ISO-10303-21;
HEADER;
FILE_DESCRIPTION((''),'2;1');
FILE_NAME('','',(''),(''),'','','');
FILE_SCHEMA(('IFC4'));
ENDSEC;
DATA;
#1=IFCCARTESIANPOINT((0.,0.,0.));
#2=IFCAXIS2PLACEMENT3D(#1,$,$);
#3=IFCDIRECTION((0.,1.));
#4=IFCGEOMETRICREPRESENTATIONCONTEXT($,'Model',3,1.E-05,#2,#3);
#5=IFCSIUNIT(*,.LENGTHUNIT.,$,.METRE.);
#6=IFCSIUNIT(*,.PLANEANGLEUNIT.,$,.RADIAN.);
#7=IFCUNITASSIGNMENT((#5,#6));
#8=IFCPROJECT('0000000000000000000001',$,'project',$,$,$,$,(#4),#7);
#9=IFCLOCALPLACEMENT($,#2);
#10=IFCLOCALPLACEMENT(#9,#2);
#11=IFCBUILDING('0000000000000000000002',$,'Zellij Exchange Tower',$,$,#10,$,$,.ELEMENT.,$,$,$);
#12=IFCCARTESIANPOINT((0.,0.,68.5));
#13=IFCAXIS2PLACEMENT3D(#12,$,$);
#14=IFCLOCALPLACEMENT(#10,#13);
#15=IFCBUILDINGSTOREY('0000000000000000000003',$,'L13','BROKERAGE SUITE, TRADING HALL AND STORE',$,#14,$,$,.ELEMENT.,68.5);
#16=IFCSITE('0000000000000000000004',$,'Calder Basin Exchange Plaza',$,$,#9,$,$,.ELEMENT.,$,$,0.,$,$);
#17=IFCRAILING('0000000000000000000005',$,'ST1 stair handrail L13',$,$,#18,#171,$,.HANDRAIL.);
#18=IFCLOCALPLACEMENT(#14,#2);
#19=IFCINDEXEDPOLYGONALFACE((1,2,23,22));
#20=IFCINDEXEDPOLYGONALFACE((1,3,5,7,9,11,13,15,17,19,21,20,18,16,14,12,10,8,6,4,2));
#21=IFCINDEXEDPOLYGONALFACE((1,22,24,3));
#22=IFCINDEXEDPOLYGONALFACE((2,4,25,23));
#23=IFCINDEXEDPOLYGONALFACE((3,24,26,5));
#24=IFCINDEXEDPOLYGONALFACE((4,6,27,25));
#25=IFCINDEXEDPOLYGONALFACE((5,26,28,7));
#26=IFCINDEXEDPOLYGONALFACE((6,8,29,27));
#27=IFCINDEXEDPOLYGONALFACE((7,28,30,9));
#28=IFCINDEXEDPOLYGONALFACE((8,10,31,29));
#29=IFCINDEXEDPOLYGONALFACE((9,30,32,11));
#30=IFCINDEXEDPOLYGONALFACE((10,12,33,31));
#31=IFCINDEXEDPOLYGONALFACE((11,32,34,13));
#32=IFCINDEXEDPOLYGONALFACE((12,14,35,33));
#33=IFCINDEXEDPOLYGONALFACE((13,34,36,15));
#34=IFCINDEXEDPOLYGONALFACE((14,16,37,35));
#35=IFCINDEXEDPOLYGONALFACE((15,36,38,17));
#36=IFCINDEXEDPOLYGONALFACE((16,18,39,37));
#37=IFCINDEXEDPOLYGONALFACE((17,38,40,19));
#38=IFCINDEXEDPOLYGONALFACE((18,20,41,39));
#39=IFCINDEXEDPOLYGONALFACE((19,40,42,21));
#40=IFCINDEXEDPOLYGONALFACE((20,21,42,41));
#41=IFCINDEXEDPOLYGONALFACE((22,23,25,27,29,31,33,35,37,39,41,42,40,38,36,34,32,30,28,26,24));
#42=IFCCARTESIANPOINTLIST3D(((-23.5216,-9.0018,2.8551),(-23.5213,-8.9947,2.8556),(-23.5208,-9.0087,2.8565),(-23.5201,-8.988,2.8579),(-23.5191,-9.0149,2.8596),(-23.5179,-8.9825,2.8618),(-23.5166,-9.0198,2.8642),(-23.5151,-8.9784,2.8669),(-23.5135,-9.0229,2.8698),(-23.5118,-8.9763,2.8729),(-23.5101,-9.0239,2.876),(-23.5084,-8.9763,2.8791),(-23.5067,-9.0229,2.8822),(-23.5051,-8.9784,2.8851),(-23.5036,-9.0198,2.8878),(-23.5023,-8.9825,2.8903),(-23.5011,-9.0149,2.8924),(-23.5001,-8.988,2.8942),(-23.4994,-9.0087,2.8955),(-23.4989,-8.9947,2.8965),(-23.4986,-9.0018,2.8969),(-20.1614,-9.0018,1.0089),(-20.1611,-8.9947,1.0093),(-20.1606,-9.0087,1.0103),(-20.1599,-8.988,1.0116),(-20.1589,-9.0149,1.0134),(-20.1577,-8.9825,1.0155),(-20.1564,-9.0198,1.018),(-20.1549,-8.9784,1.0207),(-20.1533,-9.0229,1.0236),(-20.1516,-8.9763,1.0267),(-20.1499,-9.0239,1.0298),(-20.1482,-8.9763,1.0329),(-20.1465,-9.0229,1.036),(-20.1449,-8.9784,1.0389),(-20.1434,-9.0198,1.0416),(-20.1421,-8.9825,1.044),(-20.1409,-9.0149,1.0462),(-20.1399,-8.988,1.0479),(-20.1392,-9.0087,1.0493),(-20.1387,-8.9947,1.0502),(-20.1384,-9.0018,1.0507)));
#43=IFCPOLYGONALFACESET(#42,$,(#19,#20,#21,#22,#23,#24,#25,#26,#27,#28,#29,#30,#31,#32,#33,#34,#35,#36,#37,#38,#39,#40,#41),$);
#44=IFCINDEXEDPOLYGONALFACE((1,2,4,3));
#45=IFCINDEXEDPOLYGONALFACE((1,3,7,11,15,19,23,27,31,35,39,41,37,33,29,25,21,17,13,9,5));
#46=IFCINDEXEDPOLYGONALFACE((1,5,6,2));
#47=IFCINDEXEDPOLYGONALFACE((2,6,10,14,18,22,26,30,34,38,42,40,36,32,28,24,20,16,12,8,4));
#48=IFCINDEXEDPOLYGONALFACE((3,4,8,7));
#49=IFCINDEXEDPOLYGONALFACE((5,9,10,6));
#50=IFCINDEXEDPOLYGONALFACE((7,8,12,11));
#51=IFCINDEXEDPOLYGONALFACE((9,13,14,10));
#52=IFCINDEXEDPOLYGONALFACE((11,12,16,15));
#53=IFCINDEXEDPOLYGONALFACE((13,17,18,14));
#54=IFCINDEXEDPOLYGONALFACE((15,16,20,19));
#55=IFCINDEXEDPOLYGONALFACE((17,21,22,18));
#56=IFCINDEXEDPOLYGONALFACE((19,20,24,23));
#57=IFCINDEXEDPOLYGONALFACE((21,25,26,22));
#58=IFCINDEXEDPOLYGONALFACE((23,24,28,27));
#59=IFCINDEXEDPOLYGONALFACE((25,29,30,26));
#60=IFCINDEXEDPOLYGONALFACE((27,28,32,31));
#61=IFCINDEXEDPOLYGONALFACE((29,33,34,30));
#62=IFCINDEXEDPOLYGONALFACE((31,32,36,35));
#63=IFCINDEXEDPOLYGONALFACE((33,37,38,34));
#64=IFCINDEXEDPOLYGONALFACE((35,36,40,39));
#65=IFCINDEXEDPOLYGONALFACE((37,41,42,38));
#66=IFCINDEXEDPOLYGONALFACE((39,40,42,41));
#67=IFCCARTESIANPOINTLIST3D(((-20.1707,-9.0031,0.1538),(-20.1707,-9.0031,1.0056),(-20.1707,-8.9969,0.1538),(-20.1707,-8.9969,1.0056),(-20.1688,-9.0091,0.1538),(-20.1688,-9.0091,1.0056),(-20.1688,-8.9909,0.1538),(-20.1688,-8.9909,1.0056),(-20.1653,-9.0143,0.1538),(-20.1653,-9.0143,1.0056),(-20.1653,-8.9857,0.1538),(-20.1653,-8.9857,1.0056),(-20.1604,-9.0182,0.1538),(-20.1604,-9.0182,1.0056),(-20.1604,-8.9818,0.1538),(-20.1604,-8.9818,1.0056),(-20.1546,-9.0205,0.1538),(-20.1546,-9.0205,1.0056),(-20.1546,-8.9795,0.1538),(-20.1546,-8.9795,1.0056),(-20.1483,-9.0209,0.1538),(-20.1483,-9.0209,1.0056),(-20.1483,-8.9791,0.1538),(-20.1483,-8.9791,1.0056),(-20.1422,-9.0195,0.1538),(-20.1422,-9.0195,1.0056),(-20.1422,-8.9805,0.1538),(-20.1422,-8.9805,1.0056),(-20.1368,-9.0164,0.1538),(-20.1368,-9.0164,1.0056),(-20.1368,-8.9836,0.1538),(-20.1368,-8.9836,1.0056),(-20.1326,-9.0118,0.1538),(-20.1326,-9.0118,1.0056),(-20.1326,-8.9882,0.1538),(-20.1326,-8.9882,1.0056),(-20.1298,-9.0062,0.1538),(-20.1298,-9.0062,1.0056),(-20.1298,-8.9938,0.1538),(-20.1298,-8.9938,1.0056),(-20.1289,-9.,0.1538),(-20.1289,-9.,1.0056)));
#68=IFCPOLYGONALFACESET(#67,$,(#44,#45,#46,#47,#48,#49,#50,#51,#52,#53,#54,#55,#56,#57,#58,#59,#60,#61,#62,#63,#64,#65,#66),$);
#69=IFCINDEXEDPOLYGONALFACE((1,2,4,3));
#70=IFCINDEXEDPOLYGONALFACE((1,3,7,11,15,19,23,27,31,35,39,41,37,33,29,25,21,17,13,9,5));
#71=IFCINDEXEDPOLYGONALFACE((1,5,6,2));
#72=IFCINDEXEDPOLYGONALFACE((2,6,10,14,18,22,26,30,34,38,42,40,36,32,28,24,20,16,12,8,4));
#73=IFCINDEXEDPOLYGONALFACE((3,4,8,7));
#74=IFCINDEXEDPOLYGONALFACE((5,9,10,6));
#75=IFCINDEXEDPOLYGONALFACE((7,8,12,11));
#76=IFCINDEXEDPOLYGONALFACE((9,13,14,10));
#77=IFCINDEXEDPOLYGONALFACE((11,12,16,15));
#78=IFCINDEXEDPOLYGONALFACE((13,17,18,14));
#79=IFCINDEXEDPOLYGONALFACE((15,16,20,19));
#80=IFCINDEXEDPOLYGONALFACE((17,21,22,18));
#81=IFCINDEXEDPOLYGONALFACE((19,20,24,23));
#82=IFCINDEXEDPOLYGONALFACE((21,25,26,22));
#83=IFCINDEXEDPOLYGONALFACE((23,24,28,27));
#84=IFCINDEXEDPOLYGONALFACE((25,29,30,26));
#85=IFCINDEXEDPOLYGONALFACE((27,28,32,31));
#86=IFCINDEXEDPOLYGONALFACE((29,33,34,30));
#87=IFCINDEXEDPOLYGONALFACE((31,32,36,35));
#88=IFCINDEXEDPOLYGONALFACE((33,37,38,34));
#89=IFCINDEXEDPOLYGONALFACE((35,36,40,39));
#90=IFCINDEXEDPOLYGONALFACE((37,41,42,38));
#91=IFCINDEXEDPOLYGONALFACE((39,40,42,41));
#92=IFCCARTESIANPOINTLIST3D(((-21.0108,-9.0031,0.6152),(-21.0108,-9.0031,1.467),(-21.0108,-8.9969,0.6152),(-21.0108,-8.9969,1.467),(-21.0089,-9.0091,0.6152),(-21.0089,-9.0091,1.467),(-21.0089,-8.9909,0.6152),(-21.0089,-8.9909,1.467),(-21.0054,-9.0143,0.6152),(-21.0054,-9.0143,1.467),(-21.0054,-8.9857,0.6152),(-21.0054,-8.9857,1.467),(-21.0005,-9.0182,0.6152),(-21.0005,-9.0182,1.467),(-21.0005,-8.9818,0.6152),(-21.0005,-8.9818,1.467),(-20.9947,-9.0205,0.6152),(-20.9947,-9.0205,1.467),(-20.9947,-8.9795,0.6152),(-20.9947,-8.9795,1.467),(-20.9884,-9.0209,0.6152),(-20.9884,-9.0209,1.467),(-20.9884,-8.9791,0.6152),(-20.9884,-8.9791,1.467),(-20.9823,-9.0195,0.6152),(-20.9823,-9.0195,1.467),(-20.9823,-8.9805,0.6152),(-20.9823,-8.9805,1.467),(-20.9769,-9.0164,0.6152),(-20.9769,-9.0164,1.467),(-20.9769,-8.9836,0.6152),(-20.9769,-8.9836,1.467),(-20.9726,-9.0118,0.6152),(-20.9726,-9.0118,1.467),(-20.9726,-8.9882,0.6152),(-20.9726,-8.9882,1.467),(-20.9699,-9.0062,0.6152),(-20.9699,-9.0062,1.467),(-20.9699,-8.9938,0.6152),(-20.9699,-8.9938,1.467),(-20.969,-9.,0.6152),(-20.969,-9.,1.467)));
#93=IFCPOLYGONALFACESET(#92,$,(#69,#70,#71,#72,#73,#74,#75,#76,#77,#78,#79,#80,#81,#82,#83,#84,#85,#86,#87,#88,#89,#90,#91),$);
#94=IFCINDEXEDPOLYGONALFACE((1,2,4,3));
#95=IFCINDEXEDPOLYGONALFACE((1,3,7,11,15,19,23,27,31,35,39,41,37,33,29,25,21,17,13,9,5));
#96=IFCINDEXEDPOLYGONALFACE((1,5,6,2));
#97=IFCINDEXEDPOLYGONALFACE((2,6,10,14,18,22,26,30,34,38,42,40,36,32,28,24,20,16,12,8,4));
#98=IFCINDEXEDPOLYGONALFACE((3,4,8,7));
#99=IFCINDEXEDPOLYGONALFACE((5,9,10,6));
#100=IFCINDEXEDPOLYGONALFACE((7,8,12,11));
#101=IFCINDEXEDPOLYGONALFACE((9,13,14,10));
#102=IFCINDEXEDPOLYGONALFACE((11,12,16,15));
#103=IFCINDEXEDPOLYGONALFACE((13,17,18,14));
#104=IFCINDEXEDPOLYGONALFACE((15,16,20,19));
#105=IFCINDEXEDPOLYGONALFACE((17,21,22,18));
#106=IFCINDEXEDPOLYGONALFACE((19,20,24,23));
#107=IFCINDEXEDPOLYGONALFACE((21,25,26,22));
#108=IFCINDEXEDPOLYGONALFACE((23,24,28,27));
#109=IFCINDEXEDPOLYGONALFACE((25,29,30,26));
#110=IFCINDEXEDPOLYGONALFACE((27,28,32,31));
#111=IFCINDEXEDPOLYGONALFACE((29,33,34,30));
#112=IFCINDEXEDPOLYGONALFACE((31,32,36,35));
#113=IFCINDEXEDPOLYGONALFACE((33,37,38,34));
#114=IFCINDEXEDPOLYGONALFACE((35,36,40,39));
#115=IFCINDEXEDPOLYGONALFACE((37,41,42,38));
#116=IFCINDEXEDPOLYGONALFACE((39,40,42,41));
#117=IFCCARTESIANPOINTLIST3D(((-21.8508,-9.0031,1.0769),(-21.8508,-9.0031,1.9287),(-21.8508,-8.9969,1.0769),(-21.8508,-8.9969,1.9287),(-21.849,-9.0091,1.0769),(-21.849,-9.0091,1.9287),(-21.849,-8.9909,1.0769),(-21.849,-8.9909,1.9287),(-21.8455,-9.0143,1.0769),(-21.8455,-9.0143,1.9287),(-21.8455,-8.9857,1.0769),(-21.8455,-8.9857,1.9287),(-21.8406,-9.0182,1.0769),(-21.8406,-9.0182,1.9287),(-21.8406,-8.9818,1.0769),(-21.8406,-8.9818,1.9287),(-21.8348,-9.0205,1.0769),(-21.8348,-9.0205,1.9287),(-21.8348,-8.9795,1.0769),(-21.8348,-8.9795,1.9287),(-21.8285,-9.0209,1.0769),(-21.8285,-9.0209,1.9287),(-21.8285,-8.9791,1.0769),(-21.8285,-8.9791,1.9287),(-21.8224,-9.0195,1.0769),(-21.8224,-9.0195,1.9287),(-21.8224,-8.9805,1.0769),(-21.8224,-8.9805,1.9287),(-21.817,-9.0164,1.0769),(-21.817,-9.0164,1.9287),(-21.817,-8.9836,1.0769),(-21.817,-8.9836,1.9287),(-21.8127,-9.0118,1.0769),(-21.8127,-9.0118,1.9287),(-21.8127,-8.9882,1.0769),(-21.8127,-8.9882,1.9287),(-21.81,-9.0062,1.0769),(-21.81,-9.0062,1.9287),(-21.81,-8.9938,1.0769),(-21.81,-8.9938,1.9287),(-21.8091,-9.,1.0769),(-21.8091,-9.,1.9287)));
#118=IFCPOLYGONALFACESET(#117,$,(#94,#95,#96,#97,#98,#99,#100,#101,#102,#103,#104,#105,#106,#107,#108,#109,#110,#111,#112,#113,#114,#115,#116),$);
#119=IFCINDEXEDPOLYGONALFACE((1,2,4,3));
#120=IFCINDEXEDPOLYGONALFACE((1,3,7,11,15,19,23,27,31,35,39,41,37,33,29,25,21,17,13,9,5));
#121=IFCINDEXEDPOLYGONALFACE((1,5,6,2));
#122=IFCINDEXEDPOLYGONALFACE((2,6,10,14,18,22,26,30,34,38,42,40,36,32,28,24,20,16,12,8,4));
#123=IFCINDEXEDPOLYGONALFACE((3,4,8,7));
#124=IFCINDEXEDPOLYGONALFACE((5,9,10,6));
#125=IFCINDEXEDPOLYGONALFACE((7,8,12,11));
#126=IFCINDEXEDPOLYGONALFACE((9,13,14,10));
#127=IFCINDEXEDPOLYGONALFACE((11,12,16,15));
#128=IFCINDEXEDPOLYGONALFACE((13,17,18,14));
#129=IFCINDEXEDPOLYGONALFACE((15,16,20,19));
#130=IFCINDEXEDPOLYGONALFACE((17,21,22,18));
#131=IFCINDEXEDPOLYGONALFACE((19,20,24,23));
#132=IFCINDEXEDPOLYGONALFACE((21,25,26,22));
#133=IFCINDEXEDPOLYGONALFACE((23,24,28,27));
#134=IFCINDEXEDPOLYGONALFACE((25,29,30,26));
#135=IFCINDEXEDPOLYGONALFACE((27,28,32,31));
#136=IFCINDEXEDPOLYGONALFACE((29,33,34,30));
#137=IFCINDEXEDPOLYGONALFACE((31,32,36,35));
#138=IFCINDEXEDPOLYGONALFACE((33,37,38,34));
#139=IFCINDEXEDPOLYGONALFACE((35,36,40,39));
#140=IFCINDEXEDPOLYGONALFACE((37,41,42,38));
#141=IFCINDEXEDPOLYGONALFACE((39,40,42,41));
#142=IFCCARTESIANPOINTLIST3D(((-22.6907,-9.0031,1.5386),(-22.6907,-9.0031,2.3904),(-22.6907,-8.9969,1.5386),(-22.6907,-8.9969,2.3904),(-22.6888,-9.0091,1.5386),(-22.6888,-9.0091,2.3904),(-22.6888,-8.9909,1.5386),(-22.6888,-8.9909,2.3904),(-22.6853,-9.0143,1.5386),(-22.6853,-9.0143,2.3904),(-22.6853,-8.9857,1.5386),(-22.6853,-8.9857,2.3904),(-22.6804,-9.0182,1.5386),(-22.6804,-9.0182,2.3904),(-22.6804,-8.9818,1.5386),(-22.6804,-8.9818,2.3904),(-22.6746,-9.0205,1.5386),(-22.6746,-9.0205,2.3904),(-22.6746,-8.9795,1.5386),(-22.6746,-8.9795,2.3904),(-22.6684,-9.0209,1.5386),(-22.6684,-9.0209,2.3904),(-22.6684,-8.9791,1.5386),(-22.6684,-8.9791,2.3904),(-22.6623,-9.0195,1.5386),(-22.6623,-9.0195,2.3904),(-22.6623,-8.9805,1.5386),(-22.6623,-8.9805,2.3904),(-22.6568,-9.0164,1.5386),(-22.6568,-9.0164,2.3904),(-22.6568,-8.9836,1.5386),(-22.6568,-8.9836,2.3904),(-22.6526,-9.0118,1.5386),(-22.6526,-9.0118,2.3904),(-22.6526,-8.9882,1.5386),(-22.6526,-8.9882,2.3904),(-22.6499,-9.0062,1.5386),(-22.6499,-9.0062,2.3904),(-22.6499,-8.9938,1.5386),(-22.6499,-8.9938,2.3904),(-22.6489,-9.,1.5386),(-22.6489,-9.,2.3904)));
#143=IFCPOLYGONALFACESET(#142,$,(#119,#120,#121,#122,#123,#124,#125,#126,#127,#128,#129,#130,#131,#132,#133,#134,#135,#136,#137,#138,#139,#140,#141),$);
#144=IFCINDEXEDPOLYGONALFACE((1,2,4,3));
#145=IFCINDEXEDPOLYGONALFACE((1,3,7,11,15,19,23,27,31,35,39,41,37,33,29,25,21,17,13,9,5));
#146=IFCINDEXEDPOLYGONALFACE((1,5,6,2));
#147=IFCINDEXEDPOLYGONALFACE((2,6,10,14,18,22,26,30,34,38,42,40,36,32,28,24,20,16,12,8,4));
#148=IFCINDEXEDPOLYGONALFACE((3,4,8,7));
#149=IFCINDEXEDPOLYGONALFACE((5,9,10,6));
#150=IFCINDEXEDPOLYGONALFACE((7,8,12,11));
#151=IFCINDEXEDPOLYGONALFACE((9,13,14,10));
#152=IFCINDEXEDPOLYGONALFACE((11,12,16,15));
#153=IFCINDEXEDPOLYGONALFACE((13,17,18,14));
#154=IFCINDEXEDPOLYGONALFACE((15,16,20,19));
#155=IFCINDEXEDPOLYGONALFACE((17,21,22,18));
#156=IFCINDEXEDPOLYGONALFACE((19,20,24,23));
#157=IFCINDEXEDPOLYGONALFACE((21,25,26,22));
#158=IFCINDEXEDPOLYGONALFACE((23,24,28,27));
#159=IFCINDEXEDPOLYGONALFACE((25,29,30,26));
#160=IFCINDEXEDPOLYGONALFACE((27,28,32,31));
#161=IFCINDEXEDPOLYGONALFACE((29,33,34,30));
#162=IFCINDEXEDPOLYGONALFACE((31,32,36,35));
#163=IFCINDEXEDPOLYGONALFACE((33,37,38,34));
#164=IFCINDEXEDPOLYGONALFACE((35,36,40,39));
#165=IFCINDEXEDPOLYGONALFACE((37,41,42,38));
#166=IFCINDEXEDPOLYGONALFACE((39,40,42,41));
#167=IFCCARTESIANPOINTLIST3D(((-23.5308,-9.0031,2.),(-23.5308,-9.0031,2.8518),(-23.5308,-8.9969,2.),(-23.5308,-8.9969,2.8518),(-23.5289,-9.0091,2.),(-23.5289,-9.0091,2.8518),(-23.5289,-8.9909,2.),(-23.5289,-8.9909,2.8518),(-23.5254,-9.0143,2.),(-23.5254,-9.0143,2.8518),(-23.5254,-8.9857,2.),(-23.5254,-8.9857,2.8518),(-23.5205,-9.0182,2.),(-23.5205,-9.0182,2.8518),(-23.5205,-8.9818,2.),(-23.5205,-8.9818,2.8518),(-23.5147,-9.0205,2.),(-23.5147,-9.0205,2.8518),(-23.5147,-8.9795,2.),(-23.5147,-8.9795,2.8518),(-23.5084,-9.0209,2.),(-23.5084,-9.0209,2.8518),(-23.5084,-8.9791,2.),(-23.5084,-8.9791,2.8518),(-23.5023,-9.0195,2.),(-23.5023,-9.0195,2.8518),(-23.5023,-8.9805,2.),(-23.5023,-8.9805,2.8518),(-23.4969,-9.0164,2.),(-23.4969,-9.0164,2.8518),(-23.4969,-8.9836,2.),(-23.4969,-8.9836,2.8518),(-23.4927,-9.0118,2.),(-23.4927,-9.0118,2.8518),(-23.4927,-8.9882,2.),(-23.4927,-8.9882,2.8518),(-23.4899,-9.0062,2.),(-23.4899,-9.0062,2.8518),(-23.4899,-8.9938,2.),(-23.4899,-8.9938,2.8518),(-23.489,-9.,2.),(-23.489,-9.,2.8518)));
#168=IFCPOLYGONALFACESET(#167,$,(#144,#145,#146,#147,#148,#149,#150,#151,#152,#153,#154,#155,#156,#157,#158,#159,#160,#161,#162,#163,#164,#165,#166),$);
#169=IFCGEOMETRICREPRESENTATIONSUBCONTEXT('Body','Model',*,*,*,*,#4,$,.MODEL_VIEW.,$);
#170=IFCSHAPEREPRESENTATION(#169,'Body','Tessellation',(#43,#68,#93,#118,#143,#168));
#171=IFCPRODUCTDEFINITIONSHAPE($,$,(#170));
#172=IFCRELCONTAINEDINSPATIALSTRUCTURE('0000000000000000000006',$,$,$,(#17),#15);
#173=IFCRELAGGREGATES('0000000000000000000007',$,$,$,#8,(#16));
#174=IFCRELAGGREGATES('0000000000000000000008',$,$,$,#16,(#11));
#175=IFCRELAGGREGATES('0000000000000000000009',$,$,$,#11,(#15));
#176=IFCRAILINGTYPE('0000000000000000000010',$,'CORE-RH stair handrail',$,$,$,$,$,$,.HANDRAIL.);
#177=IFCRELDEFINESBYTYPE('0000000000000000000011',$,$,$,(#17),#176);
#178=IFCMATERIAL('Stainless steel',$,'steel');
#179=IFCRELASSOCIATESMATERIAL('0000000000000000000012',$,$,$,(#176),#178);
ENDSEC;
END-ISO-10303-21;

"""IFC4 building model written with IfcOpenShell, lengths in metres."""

from ifc_helpers import new_model, si_unit, direction, frame, origin, origin_2d, place, context, subcontext, project, spatial, circle, extrude, material, type_object, element, save


model = new_model("IFC4")

# Units and contexts
model_context = context("Model", 3, precision=1e-05, world=origin(), true_north=direction((0.0, 1.0)))
body_context = subcontext(model_context, "Body", "Model", "MODEL_VIEW")
ifc_project = project(units=[si_unit("LENGTHUNIT", "METRE"), si_unit("PLANEANGLEUNIT", "RADIAN")], contexts=[model_context])

# Site, building, storey
site_placement = place(None, origin())
site = spatial("IfcSite", under=ifc_project, at=site_placement, Name="Calder Basin Exchange Plaza", CompositionType="ELEMENT", RefElevation=0.0)
building_placement = place(site_placement, origin())
building = spatial("IfcBuilding", under=site, at=building_placement, Name="Zellij Exchange Tower", CompositionType="ELEMENT")
storey_placement = place(building_placement, frame((0.0, 0.0, 68.5)))
storey = spatial("IfcBuildingStorey", under=building, at=storey_placement, Name="L13", Description="BROKERAGE SUITE, TRADING HALL AND STORE", CompositionType="ELEMENT", Elevation=68.5)

# Railing
ifc_material_1 = material(Name="Stainless steel", Category="steel")
railing_type_1 = type_object("IfcRailingType", Name="CORE-RH stair handrail", PredefinedType="HANDRAIL", material=ifc_material_1)
railing_1_placement = place(storey_placement, frame((-20.1499, -9.0, 0.1538)))
element("IfcRailing", 1, at=railing_1_placement, inside=storey, type_object=railing_type_1, Name="ST1 stair handrail L13", PredefinedType="HANDRAIL", context=body_context, shape_type="SweptSolid", body=[
    extrude(circle(Radius=0.0239, at=origin_2d()), frame((0.0, 0.0, 0.876), z_axis=(-0.876422, 0.0, 0.481545), x_axis=(0.0, -1.0, 0.0)), (0.0, 0.0, 1.0), 3.834),
    extrude(circle(Radius=0.021, at=origin_2d()), origin(), (0.0, 0.0, 1.0), 0.8518),
    extrude(circle(Radius=0.021, at=origin_2d()), frame((-0.8401, 0.0, 0.4614)), (0.0, 0.0, 1.0), 0.8518),
    extrude(circle(Radius=0.021, at=origin_2d()), frame((-1.6802, 0.0, 0.9231)), (0.0, 0.0, 1.0), 0.8518),
    extrude(circle(Radius=0.021, at=origin_2d()), frame((-2.52, 0.0, 1.3848)), (0.0, 0.0, 1.0), 0.8518),
    extrude(circle(Radius=0.021, at=origin_2d()), frame((-3.3601, 0.0, 1.8462)), (0.0, 0.0, 1.0), 0.8518),
])

save(model, "model.ifc")
